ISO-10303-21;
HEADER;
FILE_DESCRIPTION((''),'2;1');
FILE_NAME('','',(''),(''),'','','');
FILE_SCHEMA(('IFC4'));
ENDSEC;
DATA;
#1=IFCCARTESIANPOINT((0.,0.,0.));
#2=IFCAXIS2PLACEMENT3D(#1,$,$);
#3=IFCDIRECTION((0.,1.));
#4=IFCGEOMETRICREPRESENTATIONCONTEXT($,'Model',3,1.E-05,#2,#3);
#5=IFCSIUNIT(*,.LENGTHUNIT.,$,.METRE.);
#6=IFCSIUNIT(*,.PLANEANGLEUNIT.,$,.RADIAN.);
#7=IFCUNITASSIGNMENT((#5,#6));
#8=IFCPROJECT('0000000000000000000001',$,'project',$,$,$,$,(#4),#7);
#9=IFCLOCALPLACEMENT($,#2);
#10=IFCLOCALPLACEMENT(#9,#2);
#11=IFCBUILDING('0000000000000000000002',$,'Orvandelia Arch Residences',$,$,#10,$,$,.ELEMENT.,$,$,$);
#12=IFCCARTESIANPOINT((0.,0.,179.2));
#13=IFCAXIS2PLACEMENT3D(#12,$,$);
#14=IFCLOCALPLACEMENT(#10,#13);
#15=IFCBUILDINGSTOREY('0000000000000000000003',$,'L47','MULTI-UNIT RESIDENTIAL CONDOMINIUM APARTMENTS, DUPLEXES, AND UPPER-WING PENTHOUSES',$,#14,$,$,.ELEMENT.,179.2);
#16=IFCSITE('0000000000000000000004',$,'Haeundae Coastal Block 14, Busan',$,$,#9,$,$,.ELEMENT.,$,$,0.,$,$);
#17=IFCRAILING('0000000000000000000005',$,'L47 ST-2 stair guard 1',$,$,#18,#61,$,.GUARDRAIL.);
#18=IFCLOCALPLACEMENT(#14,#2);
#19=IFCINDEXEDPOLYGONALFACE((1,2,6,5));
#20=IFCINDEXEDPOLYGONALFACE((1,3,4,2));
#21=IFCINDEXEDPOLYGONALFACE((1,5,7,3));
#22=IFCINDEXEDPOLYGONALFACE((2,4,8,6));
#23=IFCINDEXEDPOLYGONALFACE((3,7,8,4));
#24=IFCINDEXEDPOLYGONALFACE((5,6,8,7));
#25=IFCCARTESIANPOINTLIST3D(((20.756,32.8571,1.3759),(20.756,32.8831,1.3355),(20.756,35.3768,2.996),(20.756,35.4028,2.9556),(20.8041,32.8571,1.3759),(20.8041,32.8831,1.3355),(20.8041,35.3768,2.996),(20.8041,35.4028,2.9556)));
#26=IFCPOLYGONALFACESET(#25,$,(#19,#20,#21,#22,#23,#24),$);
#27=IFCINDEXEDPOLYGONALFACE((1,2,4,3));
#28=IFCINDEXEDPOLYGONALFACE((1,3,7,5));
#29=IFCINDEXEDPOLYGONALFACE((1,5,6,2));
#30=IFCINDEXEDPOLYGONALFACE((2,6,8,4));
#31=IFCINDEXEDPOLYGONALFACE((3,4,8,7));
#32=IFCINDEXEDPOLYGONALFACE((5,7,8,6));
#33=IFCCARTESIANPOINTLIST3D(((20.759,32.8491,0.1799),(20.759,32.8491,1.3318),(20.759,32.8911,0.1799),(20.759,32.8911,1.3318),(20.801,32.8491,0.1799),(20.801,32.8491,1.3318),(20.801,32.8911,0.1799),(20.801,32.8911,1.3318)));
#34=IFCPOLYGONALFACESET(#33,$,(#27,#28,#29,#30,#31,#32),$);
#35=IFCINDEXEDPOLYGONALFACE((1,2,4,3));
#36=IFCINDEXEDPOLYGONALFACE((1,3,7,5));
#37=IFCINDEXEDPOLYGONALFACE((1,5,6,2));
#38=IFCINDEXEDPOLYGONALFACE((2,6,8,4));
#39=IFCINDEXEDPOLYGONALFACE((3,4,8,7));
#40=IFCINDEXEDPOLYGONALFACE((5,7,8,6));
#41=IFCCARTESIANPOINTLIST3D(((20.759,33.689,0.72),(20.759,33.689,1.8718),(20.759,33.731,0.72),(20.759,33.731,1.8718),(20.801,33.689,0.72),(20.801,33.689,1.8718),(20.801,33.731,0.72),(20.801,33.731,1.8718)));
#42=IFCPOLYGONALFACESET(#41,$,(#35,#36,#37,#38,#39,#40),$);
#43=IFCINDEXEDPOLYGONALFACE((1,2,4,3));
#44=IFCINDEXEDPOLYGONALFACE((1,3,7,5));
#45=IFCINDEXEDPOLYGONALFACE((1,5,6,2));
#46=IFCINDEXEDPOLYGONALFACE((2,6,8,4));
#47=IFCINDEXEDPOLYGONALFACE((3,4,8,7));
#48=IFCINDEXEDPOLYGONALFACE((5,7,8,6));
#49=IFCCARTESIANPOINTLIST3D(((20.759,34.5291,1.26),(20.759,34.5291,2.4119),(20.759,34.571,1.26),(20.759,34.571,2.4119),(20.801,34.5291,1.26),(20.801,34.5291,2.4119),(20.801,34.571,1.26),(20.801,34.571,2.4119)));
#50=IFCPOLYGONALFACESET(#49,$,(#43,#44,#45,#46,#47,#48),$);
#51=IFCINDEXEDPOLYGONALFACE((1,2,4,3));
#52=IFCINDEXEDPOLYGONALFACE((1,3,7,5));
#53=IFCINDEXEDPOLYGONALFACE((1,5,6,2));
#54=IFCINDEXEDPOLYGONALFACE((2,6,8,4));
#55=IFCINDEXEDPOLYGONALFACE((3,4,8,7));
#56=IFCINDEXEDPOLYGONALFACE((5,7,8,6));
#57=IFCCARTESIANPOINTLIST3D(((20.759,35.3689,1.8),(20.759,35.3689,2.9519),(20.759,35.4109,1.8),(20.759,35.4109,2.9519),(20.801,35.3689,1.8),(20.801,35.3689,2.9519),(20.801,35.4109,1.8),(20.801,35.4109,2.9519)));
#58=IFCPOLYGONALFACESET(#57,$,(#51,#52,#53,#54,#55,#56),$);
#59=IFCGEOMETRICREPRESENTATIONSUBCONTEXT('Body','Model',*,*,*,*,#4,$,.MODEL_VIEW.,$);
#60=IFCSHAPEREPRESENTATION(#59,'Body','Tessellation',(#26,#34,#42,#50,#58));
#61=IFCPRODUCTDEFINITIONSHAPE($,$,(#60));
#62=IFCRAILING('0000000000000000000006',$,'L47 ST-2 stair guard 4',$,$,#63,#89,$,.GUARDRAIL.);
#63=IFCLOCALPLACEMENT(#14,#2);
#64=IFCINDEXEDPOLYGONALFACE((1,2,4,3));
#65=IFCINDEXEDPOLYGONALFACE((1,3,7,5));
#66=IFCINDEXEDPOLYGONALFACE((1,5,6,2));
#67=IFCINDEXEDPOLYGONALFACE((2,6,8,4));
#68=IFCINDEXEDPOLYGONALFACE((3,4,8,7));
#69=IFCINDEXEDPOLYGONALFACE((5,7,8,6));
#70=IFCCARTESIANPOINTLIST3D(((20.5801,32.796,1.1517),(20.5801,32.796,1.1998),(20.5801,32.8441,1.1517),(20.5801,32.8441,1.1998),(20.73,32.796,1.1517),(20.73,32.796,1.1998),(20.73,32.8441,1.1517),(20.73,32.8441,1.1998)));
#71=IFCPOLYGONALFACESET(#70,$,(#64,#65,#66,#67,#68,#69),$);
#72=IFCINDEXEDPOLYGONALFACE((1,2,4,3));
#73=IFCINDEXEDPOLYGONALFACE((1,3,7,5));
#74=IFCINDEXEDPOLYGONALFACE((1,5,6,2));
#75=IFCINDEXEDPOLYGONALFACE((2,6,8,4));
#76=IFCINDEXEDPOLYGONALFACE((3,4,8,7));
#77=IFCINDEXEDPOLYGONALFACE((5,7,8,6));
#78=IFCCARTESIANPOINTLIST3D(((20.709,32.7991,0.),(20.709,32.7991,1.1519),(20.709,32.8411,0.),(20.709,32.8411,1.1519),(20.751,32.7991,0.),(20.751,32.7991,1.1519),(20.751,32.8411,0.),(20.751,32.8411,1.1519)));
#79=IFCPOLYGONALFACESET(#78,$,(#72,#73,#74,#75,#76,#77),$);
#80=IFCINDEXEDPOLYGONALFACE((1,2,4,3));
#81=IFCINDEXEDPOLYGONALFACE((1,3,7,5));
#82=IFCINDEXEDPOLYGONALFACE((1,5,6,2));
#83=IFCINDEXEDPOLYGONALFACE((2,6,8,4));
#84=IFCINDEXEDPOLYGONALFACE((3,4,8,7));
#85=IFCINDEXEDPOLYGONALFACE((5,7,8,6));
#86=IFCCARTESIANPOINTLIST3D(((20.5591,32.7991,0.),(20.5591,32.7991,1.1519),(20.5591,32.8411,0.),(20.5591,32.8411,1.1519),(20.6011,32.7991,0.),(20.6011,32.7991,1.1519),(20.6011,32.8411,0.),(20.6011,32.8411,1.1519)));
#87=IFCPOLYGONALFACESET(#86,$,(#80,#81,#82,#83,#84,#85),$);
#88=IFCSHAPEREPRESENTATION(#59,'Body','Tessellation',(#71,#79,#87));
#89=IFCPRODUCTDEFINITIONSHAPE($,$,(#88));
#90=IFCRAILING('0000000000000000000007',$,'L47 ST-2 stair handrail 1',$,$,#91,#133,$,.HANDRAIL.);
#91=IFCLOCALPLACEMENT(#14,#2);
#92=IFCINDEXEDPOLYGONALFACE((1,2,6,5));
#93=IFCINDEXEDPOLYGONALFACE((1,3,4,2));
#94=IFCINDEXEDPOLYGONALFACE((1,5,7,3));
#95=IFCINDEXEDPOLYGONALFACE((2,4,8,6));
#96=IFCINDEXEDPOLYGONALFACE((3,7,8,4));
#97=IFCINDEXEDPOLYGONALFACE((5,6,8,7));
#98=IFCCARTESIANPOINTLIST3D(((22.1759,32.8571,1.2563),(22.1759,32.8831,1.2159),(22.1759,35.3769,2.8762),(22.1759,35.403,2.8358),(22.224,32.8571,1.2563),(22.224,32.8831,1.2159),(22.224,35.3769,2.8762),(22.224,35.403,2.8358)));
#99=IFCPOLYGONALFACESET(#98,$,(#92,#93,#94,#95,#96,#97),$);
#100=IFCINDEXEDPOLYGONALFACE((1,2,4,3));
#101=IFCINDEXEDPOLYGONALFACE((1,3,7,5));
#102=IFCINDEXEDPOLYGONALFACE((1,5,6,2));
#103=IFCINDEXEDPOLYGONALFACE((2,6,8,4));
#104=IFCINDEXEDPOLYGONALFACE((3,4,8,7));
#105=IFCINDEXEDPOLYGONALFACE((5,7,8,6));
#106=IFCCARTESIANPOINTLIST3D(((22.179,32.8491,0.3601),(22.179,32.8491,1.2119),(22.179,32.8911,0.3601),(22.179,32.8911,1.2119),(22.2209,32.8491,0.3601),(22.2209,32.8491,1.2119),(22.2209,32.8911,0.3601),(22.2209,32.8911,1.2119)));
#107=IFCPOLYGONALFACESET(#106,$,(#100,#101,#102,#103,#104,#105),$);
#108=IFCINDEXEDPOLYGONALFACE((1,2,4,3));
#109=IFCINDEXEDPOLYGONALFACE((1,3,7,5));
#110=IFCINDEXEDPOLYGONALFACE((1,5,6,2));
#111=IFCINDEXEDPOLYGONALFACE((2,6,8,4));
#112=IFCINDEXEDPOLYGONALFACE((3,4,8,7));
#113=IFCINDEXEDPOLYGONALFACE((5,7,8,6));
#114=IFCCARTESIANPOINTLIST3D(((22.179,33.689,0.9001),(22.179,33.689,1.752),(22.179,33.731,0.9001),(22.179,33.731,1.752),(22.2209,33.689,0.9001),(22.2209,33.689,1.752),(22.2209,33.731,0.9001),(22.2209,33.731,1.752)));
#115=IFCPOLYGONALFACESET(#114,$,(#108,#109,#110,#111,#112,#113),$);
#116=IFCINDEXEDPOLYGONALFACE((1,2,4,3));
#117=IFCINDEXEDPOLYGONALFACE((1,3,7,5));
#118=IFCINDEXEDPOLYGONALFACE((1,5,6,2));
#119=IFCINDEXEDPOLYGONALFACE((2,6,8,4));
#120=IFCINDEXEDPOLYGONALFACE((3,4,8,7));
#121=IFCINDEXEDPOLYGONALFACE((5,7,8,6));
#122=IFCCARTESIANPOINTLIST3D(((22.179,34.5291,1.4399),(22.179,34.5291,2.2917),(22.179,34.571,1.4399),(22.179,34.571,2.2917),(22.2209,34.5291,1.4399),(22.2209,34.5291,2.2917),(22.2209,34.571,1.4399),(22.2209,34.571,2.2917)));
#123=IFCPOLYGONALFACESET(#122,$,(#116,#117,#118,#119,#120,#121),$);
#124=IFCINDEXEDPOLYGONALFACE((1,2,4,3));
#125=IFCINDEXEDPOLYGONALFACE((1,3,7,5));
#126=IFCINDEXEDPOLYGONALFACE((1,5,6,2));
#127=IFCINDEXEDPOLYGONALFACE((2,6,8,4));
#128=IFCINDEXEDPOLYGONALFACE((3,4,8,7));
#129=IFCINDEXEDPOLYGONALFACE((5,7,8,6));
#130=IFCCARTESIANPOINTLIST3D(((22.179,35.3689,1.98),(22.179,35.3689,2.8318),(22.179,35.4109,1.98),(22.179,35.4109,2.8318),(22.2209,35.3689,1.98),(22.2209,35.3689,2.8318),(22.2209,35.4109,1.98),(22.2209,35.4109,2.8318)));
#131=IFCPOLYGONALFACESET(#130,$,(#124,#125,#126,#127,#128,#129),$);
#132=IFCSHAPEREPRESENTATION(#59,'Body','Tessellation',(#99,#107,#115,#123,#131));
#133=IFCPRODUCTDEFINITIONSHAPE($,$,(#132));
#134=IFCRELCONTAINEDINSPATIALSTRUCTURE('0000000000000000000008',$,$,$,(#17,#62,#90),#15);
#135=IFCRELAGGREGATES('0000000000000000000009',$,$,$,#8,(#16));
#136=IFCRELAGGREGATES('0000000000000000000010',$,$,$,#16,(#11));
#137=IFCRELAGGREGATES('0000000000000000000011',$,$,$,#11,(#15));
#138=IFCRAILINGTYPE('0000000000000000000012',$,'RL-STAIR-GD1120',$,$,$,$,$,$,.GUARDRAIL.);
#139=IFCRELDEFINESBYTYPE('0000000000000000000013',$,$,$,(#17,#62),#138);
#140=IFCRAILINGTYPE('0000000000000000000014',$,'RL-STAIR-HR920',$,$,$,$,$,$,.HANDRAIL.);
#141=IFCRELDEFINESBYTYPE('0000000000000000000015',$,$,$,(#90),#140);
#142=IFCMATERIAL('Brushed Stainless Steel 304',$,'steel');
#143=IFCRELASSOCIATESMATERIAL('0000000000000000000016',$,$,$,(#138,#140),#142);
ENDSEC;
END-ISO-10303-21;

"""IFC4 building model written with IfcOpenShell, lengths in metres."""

from ifc_helpers import new_model, si_unit, direction, frame, origin, origin_2d, place, context, subcontext, project, spatial, rectangle, extrude, material, type_object, element, save


model = new_model("IFC4")

# Units and contexts
model_context = context("Model", 3, precision=1e-05, world=origin(), true_north=direction((0.0, 1.0)))
body_context = subcontext(model_context, "Body", "Model", "MODEL_VIEW")
ifc_project = project(units=[si_unit("LENGTHUNIT", "METRE"), si_unit("PLANEANGLEUNIT", "RADIAN")], contexts=[model_context])

# Site, building, storey
site_placement = place(None, origin())
site = spatial("IfcSite", under=ifc_project, at=site_placement, Name="Haeundae Coastal Block 14, Busan", CompositionType="ELEMENT", RefElevation=0.0)
building_placement = place(site_placement, origin())
building = spatial("IfcBuilding", under=site, at=building_placement, Name="Orvandelia Arch Residences", CompositionType="ELEMENT")
storey_placement = place(building_placement, frame((0.0, 0.0, 179.2)))
storey = spatial("IfcBuildingStorey", under=building, at=storey_placement, Name="L47", Description="MULTI-UNIT RESIDENTIAL CONDOMINIUM APARTMENTS, DUPLEXES, AND UPPER-WING PENTHOUSES", CompositionType="ELEMENT", Elevation=179.2)

# Railings
ifc_material_1 = material(Name="Brushed Stainless Steel 304", Category="steel")
railing_type_1 = type_object("IfcRailingType", Name="RL-STAIR-GD1120", PredefinedType="GUARDRAIL", material=ifc_material_1)
railing_1_placement = place(storey_placement, frame((20.78, 32.8701, 0.1799)))
element("IfcRailing", 1, at=railing_1_placement, inside=storey, type_object=railing_type_1, Name="L47 ST-2 stair guard 1", PredefinedType="GUARDRAIL", context=body_context, shape_type="SweptSolid", body=[
    extrude(rectangle(XDim=0.0481, YDim=0.0481, at=origin_2d()), frame((0.0, 0.0, 1.1758), z_axis=(0.0, 0.841139, 0.540819), x_axis=(-1.0, 0.0, 0.0)), (0.0, 0.0, 1.0), 2.9956),
    extrude(rectangle(XDim=0.042, YDim=0.042, at=origin_2d()), origin(), (0.0, 0.0, 1.0), 1.1519),
    extrude(rectangle(XDim=0.042, YDim=0.042, at=origin_2d()), frame((0.0, 0.8398, 0.54)), (0.0, 0.0, 1.0), 1.1519),
    extrude(rectangle(XDim=0.042, YDim=0.042, at=origin_2d()), frame((0.0, 1.6799, 1.0801)), (0.0, 0.0, 1.0), 1.1519),
    extrude(rectangle(XDim=0.042, YDim=0.042, at=origin_2d()), frame((0.0, 2.5198, 1.6201)), (0.0, 0.0, 1.0), 1.1519),
])
railing_2_placement = place(storey_placement, frame((20.73, 32.8201, 0.0)))
element("IfcRailing", 2, at=railing_2_placement, inside=storey, type_object=railing_type_1, Name="L47 ST-2 stair guard 4", PredefinedType="GUARDRAIL", context=body_context, shape_type="SweptSolid", body=[
    extrude(rectangle(XDim=0.0481, YDim=0.0481, at=origin_2d()), frame((0.0, 0.0, 1.1758), z_axis=(-1.0, 0.0, 0.0), x_axis=(0.0, -1.0, 0.0)), (0.0, 0.0, 1.0), 0.1499),
    extrude(rectangle(XDim=0.042, YDim=0.042, at=origin_2d()), origin(), (0.0, 0.0, 1.0), 1.1519),
    extrude(rectangle(XDim=0.042, YDim=0.042, at=origin_2d()), frame((-0.1499, 0.0, 0.0)), (0.0, 0.0, 1.0), 1.1519),
])
railing_type_2 = type_object("IfcRailingType", Name="RL-STAIR-HR920", PredefinedType="HANDRAIL", material=ifc_material_1)
railing_3_placement = place(storey_placement, frame((22.2, 32.8701, 0.3601)))
element("IfcRailing", 3, at=railing_3_placement, inside=storey, type_object=railing_type_2, Name="L47 ST-2 stair handrail 1", PredefinedType="HANDRAIL", context=body_context, shape_type="SweptSolid", body=[
    extrude(rectangle(XDim=0.0481, YDim=0.0481, at=origin_2d()), frame((0.0, 0.0, 0.876), z_axis=(0.0, 0.841176, 0.540762), x_axis=(-1.0, 0.0, 0.0)), (0.0, 0.0, 1.0), 2.9956),
    extrude(rectangle(XDim=0.042, YDim=0.042, at=origin_2d()), origin(), (0.0, 0.0, 1.0), 0.8518),
    extrude(rectangle(XDim=0.042, YDim=0.042, at=origin_2d()), frame((0.0, 0.8398, 0.54)), (0.0, 0.0, 1.0), 0.8518),
    extrude(rectangle(XDim=0.042, YDim=0.042, at=origin_2d()), frame((0.0, 1.6799, 1.0798)), (0.0, 0.0, 1.0), 0.8518),
    extrude(rectangle(XDim=0.042, YDim=0.042, at=origin_2d()), frame((0.0, 2.5198, 1.6199)), (0.0, 0.0, 1.0), 0.8518),
])

save(model, "model.ifc")
